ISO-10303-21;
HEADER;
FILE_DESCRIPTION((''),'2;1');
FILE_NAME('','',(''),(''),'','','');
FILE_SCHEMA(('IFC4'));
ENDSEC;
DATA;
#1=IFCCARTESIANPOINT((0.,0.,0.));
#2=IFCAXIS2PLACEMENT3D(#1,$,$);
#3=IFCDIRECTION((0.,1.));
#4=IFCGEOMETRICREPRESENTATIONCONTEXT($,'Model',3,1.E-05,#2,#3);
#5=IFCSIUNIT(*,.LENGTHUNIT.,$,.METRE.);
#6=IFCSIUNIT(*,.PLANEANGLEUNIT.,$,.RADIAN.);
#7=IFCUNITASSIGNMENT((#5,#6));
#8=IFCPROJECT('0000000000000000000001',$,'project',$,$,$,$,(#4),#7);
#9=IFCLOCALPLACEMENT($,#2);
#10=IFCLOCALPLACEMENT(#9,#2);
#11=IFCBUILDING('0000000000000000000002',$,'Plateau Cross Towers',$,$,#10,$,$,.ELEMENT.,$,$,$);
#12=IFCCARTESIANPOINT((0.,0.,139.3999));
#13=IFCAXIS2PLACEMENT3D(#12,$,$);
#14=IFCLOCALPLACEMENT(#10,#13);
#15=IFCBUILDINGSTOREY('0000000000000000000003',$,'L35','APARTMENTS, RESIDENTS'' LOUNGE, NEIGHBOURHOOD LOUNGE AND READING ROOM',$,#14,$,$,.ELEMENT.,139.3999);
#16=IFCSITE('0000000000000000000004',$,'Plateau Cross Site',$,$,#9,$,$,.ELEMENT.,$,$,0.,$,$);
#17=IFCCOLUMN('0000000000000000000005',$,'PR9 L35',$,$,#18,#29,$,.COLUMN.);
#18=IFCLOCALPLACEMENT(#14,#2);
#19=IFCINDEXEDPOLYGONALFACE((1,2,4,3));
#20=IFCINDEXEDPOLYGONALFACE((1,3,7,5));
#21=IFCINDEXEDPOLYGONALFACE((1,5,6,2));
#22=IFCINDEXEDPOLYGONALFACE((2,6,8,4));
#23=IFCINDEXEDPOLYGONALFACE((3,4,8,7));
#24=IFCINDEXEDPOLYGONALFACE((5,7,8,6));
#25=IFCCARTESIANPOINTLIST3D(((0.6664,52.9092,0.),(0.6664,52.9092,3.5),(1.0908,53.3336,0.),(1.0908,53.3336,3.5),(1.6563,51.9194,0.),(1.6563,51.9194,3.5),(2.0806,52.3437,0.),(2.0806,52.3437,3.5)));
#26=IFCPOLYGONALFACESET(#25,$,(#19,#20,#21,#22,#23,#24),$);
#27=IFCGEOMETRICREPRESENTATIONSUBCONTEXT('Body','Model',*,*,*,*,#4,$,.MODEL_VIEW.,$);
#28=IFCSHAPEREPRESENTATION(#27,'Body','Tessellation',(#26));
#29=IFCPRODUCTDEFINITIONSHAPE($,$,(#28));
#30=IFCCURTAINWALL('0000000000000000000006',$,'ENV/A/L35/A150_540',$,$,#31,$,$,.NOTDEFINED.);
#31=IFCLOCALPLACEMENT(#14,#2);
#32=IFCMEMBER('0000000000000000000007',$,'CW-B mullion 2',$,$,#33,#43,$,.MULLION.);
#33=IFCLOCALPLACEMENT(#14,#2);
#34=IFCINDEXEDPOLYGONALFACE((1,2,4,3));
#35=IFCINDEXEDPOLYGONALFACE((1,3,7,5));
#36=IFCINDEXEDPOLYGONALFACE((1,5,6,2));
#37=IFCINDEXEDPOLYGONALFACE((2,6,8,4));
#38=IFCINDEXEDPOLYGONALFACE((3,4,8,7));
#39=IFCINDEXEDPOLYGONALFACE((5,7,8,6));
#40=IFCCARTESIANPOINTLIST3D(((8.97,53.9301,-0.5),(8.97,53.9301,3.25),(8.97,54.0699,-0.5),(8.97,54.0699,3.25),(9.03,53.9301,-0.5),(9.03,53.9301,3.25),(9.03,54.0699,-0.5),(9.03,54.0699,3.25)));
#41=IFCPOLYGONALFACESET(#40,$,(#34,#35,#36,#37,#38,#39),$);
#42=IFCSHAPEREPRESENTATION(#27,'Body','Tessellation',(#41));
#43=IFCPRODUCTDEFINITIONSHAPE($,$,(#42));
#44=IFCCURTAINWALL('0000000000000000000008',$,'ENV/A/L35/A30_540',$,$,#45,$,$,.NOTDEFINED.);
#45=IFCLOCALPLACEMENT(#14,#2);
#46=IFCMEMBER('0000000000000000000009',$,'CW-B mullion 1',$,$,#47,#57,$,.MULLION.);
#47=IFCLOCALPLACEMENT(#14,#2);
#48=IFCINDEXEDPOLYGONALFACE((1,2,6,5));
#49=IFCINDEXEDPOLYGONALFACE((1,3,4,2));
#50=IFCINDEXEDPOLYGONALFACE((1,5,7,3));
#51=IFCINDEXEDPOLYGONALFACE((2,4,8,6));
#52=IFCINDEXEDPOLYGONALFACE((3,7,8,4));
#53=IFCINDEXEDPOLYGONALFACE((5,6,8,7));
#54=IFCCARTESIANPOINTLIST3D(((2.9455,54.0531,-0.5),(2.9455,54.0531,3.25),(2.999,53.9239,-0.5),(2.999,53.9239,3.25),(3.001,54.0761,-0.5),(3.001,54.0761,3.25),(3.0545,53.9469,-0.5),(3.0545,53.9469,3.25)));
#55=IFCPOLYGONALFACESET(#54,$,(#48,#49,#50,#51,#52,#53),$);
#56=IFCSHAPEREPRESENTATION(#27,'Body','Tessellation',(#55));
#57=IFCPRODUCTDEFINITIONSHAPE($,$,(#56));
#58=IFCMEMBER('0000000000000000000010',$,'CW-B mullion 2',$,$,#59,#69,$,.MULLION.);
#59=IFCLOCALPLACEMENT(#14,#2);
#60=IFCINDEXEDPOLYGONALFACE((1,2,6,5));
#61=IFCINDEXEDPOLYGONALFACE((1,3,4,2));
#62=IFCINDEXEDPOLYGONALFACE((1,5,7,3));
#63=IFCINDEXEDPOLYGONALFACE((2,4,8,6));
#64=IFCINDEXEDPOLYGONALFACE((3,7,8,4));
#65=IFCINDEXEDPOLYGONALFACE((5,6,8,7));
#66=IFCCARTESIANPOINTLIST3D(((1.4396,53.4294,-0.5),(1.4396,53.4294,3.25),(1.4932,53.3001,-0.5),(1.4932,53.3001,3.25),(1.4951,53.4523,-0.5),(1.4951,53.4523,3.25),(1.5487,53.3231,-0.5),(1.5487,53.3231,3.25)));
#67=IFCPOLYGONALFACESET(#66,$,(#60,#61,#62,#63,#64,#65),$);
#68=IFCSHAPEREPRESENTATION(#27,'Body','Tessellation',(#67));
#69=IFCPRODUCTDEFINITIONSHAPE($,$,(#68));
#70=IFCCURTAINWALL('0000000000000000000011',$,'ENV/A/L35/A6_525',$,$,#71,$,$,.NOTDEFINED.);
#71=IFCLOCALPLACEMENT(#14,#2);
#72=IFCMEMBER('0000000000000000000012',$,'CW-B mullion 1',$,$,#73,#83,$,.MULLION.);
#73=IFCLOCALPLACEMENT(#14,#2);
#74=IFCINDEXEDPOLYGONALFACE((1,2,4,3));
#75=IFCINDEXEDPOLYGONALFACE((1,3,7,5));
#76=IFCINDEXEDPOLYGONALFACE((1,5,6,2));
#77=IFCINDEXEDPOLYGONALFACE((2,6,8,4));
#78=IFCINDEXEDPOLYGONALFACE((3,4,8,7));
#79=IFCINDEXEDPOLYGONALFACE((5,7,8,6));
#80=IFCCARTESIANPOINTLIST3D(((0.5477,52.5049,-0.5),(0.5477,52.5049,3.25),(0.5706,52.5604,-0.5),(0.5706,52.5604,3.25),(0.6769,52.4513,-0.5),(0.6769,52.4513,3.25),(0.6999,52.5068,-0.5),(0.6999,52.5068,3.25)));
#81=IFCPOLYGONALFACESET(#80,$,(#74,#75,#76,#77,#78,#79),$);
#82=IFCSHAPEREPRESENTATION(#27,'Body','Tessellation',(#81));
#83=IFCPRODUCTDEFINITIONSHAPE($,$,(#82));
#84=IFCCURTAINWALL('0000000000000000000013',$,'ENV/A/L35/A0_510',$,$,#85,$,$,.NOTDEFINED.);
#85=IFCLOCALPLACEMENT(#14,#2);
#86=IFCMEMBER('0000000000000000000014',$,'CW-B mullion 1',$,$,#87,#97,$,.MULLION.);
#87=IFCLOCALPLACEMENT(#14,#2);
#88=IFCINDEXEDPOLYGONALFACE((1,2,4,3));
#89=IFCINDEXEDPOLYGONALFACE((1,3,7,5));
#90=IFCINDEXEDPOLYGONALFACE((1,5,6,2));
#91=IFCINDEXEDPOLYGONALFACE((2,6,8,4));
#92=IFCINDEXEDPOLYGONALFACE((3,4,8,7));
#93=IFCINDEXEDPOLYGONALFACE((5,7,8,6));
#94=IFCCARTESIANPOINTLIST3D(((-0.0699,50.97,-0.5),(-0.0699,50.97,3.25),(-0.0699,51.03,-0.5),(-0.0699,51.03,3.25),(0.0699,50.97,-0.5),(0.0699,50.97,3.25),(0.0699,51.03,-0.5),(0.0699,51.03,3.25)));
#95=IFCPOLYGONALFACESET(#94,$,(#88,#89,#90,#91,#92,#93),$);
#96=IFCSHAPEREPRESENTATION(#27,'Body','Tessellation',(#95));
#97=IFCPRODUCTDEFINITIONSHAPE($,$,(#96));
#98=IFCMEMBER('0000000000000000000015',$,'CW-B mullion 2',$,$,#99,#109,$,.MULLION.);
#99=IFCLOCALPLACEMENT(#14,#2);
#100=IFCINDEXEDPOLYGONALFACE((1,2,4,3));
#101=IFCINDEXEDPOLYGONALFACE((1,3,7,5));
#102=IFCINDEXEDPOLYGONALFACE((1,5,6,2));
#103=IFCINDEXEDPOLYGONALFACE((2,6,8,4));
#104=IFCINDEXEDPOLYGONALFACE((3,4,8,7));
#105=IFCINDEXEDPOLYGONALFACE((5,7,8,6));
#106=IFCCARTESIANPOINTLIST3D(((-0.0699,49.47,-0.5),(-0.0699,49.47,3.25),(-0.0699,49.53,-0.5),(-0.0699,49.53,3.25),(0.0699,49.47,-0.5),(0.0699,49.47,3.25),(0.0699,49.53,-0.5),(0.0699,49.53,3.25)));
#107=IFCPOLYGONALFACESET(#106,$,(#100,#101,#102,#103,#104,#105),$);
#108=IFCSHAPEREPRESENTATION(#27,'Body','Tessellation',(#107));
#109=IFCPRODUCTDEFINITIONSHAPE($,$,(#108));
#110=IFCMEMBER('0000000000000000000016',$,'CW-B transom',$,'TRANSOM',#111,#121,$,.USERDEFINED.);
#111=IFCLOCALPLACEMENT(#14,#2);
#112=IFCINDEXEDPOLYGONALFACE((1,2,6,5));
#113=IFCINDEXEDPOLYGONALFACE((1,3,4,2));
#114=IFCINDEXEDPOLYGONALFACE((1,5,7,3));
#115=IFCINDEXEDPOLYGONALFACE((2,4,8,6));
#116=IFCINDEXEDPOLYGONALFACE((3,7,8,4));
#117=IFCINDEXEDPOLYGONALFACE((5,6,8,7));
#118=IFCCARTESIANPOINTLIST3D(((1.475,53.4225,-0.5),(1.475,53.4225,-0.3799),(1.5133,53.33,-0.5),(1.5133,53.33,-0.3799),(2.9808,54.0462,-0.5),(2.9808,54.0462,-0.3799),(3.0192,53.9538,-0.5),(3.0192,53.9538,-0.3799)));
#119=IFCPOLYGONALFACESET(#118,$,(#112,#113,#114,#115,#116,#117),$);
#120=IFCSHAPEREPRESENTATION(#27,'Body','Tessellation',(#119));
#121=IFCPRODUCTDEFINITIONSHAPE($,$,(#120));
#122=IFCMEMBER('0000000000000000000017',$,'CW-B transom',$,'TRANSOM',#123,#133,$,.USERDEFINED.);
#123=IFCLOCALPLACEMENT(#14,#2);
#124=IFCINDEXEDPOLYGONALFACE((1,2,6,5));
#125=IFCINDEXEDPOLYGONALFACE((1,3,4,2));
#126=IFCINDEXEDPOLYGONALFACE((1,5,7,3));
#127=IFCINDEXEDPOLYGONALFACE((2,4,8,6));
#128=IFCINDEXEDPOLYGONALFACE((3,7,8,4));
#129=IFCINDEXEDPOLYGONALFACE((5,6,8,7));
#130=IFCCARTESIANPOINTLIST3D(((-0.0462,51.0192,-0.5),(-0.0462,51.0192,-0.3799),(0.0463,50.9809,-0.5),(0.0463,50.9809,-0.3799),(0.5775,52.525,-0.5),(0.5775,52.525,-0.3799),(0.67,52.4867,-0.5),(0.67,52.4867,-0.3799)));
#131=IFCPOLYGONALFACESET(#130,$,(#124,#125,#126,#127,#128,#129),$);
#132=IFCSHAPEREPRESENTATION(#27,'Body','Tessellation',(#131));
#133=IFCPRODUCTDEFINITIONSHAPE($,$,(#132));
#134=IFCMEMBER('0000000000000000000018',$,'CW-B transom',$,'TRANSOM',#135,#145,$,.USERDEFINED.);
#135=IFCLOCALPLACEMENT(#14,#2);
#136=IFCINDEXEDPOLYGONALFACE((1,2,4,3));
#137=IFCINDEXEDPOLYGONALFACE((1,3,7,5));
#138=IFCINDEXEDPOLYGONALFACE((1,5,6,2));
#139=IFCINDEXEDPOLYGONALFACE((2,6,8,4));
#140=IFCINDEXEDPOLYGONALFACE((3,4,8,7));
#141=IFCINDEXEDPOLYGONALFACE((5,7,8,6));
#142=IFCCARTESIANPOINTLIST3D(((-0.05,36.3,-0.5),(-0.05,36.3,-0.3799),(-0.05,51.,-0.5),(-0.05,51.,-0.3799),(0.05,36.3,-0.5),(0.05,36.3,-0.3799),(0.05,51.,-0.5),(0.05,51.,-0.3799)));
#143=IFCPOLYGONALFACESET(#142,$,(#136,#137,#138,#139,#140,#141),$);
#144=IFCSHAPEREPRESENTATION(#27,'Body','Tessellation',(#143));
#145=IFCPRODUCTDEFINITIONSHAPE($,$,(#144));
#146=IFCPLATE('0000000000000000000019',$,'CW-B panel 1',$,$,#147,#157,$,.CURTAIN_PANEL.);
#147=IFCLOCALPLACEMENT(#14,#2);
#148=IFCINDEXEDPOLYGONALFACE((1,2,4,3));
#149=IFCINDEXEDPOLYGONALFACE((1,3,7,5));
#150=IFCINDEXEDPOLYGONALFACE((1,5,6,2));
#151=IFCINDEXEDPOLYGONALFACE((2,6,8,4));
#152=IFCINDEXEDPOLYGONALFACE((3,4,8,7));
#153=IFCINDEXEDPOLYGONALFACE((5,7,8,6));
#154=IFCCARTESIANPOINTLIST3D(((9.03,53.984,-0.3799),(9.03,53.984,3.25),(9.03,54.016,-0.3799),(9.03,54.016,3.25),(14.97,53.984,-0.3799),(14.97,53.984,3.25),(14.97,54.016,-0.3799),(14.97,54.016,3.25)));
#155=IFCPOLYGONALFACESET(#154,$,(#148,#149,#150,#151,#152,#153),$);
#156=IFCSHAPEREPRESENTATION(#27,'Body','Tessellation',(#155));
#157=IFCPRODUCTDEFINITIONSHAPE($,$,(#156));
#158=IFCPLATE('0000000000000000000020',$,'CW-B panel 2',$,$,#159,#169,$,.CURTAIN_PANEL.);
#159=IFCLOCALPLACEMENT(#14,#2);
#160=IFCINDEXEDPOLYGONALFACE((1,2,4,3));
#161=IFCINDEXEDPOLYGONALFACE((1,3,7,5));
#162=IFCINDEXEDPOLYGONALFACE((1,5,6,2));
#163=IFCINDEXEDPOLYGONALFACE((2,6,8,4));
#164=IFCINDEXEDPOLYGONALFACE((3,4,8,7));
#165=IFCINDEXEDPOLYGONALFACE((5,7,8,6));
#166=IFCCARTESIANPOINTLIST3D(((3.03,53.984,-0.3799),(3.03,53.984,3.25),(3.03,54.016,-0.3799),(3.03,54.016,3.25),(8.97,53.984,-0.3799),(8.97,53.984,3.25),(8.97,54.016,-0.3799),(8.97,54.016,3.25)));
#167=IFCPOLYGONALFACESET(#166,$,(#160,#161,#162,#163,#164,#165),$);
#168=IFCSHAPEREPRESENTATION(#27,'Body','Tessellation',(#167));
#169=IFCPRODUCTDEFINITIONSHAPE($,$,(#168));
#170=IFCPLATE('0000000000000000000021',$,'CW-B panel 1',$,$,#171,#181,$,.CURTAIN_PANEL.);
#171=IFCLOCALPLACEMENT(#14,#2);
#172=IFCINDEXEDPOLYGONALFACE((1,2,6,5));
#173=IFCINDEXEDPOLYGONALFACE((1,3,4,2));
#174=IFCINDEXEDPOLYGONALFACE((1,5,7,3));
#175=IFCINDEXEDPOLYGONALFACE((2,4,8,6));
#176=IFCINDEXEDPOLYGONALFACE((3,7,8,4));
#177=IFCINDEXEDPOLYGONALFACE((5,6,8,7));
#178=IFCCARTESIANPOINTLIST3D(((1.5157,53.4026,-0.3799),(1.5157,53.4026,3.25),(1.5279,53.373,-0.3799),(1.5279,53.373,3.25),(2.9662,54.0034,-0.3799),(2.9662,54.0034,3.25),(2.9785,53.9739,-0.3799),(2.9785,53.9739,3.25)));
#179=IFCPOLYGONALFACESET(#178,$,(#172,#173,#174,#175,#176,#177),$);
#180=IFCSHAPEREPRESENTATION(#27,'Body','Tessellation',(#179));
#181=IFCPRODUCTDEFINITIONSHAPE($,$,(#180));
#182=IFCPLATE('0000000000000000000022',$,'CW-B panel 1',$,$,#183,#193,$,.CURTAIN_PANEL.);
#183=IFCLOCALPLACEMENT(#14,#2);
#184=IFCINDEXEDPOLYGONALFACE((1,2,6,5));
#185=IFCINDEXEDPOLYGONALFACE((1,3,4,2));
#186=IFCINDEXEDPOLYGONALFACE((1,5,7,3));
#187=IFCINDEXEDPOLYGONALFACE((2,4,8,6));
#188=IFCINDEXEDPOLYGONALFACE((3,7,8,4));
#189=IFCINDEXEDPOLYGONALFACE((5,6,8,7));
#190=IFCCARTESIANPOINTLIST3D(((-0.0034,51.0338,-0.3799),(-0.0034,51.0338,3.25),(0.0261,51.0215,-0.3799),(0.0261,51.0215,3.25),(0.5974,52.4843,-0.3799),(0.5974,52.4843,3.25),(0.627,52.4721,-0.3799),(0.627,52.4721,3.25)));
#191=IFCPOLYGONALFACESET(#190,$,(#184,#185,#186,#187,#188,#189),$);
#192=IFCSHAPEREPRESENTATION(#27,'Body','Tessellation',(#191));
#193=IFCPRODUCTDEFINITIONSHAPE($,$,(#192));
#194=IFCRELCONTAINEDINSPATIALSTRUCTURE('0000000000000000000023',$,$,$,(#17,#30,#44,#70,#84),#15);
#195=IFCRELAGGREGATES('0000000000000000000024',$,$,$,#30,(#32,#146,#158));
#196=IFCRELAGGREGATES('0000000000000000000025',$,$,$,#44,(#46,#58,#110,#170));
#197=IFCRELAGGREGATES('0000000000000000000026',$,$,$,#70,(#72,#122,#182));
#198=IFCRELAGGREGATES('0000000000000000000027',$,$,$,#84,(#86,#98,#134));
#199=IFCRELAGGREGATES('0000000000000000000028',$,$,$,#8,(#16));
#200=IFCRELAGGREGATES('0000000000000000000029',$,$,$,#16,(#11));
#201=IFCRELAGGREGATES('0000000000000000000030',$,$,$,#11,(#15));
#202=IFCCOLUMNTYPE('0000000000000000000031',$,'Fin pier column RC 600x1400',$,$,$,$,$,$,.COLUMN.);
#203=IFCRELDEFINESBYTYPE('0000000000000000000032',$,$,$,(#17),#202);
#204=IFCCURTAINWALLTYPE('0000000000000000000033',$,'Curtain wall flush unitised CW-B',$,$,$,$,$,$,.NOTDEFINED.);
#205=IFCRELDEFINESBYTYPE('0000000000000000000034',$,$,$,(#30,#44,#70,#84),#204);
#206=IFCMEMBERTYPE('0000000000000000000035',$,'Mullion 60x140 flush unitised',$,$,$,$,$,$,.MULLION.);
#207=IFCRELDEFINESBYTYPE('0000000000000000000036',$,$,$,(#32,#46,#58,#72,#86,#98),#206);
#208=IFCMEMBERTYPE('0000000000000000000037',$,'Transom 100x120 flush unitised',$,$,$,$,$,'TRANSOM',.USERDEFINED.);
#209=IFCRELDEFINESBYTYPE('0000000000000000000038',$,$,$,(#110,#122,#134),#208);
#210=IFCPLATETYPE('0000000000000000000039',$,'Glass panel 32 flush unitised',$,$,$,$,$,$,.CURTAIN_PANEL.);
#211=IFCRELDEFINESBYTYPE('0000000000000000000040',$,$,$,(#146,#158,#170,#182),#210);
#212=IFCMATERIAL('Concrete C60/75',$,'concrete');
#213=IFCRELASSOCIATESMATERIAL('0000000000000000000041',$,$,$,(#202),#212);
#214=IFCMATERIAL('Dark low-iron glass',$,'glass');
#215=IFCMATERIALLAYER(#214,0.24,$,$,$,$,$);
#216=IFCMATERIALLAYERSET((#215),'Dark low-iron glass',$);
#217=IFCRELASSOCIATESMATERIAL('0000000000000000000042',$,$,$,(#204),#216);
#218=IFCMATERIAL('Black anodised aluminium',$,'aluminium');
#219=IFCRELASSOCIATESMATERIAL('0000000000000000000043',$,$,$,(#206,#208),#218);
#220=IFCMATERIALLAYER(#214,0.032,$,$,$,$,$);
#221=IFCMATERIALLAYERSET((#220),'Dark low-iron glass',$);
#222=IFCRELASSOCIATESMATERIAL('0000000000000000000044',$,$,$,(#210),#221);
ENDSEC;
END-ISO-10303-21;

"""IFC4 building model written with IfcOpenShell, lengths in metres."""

from ifc_helpers import new_model, si_unit, direction, frame, origin, origin_2d, place, context, subcontext, project, spatial, rectangle, extrude, material, layer, layer_set, material_profile, profile_set, type_object, element, aggregate, save


model = new_model("IFC4")

# Units and contexts
model_context = context("Model", 3, precision=1e-05, world=origin(), true_north=direction((0.0, 1.0)))
body_context = subcontext(model_context, "Body", "Model", "MODEL_VIEW")
ifc_project = project(units=[si_unit("LENGTHUNIT", "METRE"), si_unit("PLANEANGLEUNIT", "RADIAN")], contexts=[model_context])

# Site, building, storey
site_placement = place(None, origin())
site = spatial("IfcSite", under=ifc_project, at=site_placement, Name="Plateau Cross Site", CompositionType="ELEMENT", RefElevation=0.0)
building_placement = place(site_placement, origin())
building = spatial("IfcBuilding", under=site, at=building_placement, Name="Plateau Cross Towers", CompositionType="ELEMENT")
storey_placement = place(building_placement, frame((0.0, 0.0, 139.3999)))
storey = spatial("IfcBuildingStorey", under=building, at=storey_placement, Name="L35", Description="APARTMENTS, RESIDENTS' LOUNGE, NEIGHBOURHOOD LOUNGE AND READING ROOM", CompositionType="ELEMENT", Elevation=139.3999)

# Column
ifc_material_1 = material(Name="Concrete C60/75", Category="concrete")
ifc_material_profile_1 = material_profile(ifc_material_1, rectangle(XDim=0.6001, YDim=1.3999, at=origin_2d()), Name="RC 600x1400")
ifc_profile_set_1 = profile_set([ifc_material_profile_1], Name="Concrete C60/75")
column_type = type_object("IfcColumnType", Name="Fin pier column RC 600x1400", PredefinedType="COLUMN", material=ifc_profile_set_1)
column_placement = place(storey_placement, frame((1.3735, 52.6265, 0.0), z_axis=(0.0, 0.0, 1.0), x_axis=(0.707107, 0.707107, 0.0)))
element("IfcColumn", 1, at=column_placement, inside=storey, type_object=column_type, Name="PR9 L35", PredefinedType="COLUMN", context=body_context, shape_type="SweptSolid", body=[
    extrude(rectangle(XDim=0.6001, YDim=1.3999, at=origin_2d()), origin(), (0.0, 0.0, 1.0), 3.5),
])

# Curtain wall, member
ifc_material_2 = material(Name="Dark low-iron glass", Category="glass")
ifc_layer_1 = layer(ifc_material_2, 0.24)
ifc_layer_set_1 = layer_set([ifc_layer_1], Name="Dark low-iron glass")
curtain_wall_type = type_object("IfcCurtainWallType", Name="Curtain wall flush unitised CW-B", PredefinedType="NOTDEFINED", material=ifc_layer_set_1)
curtain_wall_1_placement = place(storey_placement, origin())
curtain_wall_1 = element("IfcCurtainWall", 2, at=curtain_wall_1_placement, inside=storey, type_object=curtain_wall_type, Name="ENV/A/L35/A150_540", PredefinedType="NOTDEFINED")
ifc_material_3 = material(Name="Black anodised aluminium", Category="aluminium")
ifc_material_profile_2 = material_profile(ifc_material_3, rectangle(XDim=0.0601, YDim=0.1399, at=origin_2d()), Name="MULLION 60x140")
ifc_profile_set_2 = profile_set([ifc_material_profile_2], Name="Black anodised aluminium")
member_type_1 = type_object("IfcMemberType", Name="Mullion 60x140 flush unitised", PredefinedType="MULLION", material=ifc_profile_set_2)
member_1_placement = place(storey_placement, frame((9.0, 54.0, -0.5), z_axis=(0.0, 0.0, 1.0), x_axis=(-1.0, 0.0, 0.0)))
member_1 = element("IfcMember", 3, at=member_1_placement, type_object=member_type_1, Name="CW-B mullion 2", PredefinedType="MULLION", context=body_context, shape_type="SweptSolid", body=[
    extrude(rectangle(XDim=0.0601, YDim=0.1399, at=origin_2d()), origin(), (0.0, 0.0, 1.0), 3.75),
])

# Curtain wall, members
curtain_wall_2_placement = place(storey_placement, origin())
curtain_wall_2 = element("IfcCurtainWall", 4, at=curtain_wall_2_placement, inside=storey, type_object=curtain_wall_type, Name="ENV/A/L35/A30_540", PredefinedType="NOTDEFINED")
member_2_placement = place(storey_placement, frame((3.0, 54.0, -0.5), z_axis=(0.0, 0.0, 1.0), x_axis=(-0.923879, -0.382684, 0.0)))
member_2 = element("IfcMember", 5, at=member_2_placement, type_object=member_type_1, Name="CW-B mullion 1", PredefinedType="MULLION", context=body_context, shape_type="SweptSolid", body=[
    extrude(rectangle(XDim=0.0601, YDim=0.1399, at=origin_2d()), origin(), (0.0, 0.0, 1.0), 3.75),
])
member_3_placement = place(storey_placement, frame((1.4941, 53.3762, -0.5), z_axis=(0.0, 0.0, 1.0), x_axis=(-0.923879, -0.382684, 0.0)))
member_3 = element("IfcMember", 6, at=member_3_placement, type_object=member_type_1, Name="CW-B mullion 2", PredefinedType="MULLION", context=body_context, shape_type="SweptSolid", body=[
    extrude(rectangle(XDim=0.0601, YDim=0.1399, at=origin_2d()), origin(), (0.0, 0.0, 1.0), 3.75),
])

# Curtain wall, member
curtain_wall_3_placement = place(storey_placement, origin())
curtain_wall_3 = element("IfcCurtainWall", 7, at=curtain_wall_3_placement, inside=storey, type_object=curtain_wall_type, Name="ENV/A/L35/A6_525", PredefinedType="NOTDEFINED")
member_4_placement = place(storey_placement, frame((0.6238, 52.5059, -0.5), z_axis=(0.0, 0.0, 1.0), x_axis=(-0.382684, -0.923879, 0.0)))
member_4 = element("IfcMember", 8, at=member_4_placement, type_object=member_type_1, Name="CW-B mullion 1", PredefinedType="MULLION", context=body_context, shape_type="SweptSolid", body=[
    extrude(rectangle(XDim=0.0601, YDim=0.1399, at=origin_2d()), origin(), (0.0, 0.0, 1.0), 3.75),
])

# Curtain wall, members
curtain_wall_4_placement = place(storey_placement, origin())
curtain_wall_4 = element("IfcCurtainWall", 9, at=curtain_wall_4_placement, inside=storey, type_object=curtain_wall_type, Name="ENV/A/L35/A0_510", PredefinedType="NOTDEFINED")
member_5_placement = place(storey_placement, frame((0.0, 51.0, -0.5), z_axis=(0.0, 0.0, 1.0), x_axis=(0.0, -1.0, 0.0)))
member_5 = element("IfcMember", 10, at=member_5_placement, type_object=member_type_1, Name="CW-B mullion 1", PredefinedType="MULLION", context=body_context, shape_type="SweptSolid", body=[
    extrude(rectangle(XDim=0.0601, YDim=0.1399, at=origin_2d()), origin(), (0.0, 0.0, 1.0), 3.75),
])
member_6_placement = place(storey_placement, frame((0.0, 49.5, -0.5), z_axis=(0.0, 0.0, 1.0), x_axis=(0.0, -1.0, 0.0)))
member_6 = element("IfcMember", 11, at=member_6_placement, type_object=member_type_1, Name="CW-B mullion 2", PredefinedType="MULLION", context=body_context, shape_type="SweptSolid", body=[
    extrude(rectangle(XDim=0.0601, YDim=0.1399, at=origin_2d()), origin(), (0.0, 0.0, 1.0), 3.75),
])

# Members
ifc_material_profile_3 = material_profile(ifc_material_3, rectangle(XDim=0.1001, YDim=0.1201, at=origin_2d()), Name="TRANSOM 100x120")
ifc_profile_set_3 = profile_set([ifc_material_profile_3], Name="Black anodised aluminium")
member_type_2 = type_object("IfcMemberType", Name="Transom 100x120 flush unitised", ElementType="TRANSOM", PredefinedType="USERDEFINED", material=ifc_profile_set_3)
member_7_placement = place(storey_placement, frame((3.0, 54.0, -0.4399), z_axis=(-0.923873, -0.3827, 0.0), x_axis=(0.3827, -0.923873, 0.0)))
member_7 = element("IfcMember", 12, at=member_7_placement, type_object=member_type_2, Name="CW-B transom", ObjectType="TRANSOM", PredefinedType="USERDEFINED", context=body_context, shape_type="SweptSolid", body=[
    extrude(rectangle(XDim=0.1001, YDim=0.1201, at=origin_2d()), origin(), (0.0, 0.0, 1.0), 1.6299),
])
member_8_placement = place(storey_placement, frame((0.6238, 52.5059, -0.4399), z_axis=(-0.3827, -0.923873, 0.0), x_axis=(0.923873, -0.3827, 0.0)))
member_8 = element("IfcMember", 13, at=member_8_placement, type_object=member_type_2, Name="CW-B transom", ObjectType="TRANSOM", PredefinedType="USERDEFINED", context=body_context, shape_type="SweptSolid", body=[
    extrude(rectangle(XDim=0.1001, YDim=0.1201, at=origin_2d()), origin(), (0.0, 0.0, 1.0), 1.6299),
])
member_9_placement = place(storey_placement, frame((0.0, 51.0, -0.4399), z_axis=(0.0, -1.0, 0.0), x_axis=(1.0, 0.0, 0.0)))
member_9 = element("IfcMember", 14, at=member_9_placement, type_object=member_type_2, Name="CW-B transom", ObjectType="TRANSOM", PredefinedType="USERDEFINED", context=body_context, shape_type="SweptSolid", body=[
    extrude(rectangle(XDim=0.1001, YDim=0.1201, at=origin_2d()), origin(), (0.0, 0.0, 1.0), 14.7),
])

# Plates
ifc_layer_2 = layer(ifc_material_2, 0.032)
ifc_layer_set_2 = layer_set([ifc_layer_2], Name="Dark low-iron glass")
plate_type = type_object("IfcPlateType", Name="Glass panel 32 flush unitised", PredefinedType="CURTAIN_PANEL", material=ifc_layer_set_2)
plate_1_placement = place(storey_placement, frame((12.0, 54.0, -0.3799), z_axis=(0.0, 0.0, 1.0), x_axis=(-1.0, 0.0, 0.0)))
plate_1 = element("IfcPlate", 15, at=plate_1_placement, type_object=plate_type, Name="CW-B panel 1", PredefinedType="CURTAIN_PANEL", context=body_context, shape_type="SweptSolid", body=[
    extrude(rectangle(XDim=5.9399, YDim=0.032, at=origin_2d()), origin(), (0.0, 0.0, 1.0), 3.6299),
])
plate_2_placement = place(storey_placement, frame((6.0, 54.0, -0.3799), z_axis=(0.0, 0.0, 1.0), x_axis=(-1.0, 0.0, 0.0)))
plate_2 = element("IfcPlate", 16, at=plate_2_placement, type_object=plate_type, Name="CW-B panel 2", PredefinedType="CURTAIN_PANEL", context=body_context, shape_type="SweptSolid", body=[
    extrude(rectangle(XDim=5.9399, YDim=0.032, at=origin_2d()), origin(), (0.0, 0.0, 1.0), 3.6299),
])
aggregate(curtain_wall_1, [member_1, plate_1, plate_2])
plate_3_placement = place(storey_placement, frame((2.2471, 53.6882, -0.3799), z_axis=(0.0, 0.0, 1.0), x_axis=(-0.923879, -0.382684, 0.0)))
plate_3 = element("IfcPlate", 17, at=plate_3_placement, type_object=plate_type, Name="CW-B panel 1", PredefinedType="CURTAIN_PANEL", context=body_context, shape_type="SweptSolid", body=[
    extrude(rectangle(XDim=1.5701, YDim=0.032, at=origin_2d()), origin(), (0.0, 0.0, 1.0), 3.6299),
])
aggregate(curtain_wall_2, [member_2, member_3, member_7, plate_3])
plate_4_placement = place(storey_placement, frame((0.3118, 51.7529, -0.3799), z_axis=(0.0, 0.0, 1.0), x_axis=(-0.382684, -0.923879, 0.0)))
plate_4 = element("IfcPlate", 18, at=plate_4_placement, type_object=plate_type, Name="CW-B panel 1", PredefinedType="CURTAIN_PANEL", context=body_context, shape_type="SweptSolid", body=[
    extrude(rectangle(XDim=1.5701, YDim=0.032, at=origin_2d()), origin(), (0.0, 0.0, 1.0), 3.6299),
])
aggregate(curtain_wall_3, [member_4, member_8, plate_4])
aggregate(curtain_wall_4, [member_5, member_6, member_9])

save(model, "model.ifc")
